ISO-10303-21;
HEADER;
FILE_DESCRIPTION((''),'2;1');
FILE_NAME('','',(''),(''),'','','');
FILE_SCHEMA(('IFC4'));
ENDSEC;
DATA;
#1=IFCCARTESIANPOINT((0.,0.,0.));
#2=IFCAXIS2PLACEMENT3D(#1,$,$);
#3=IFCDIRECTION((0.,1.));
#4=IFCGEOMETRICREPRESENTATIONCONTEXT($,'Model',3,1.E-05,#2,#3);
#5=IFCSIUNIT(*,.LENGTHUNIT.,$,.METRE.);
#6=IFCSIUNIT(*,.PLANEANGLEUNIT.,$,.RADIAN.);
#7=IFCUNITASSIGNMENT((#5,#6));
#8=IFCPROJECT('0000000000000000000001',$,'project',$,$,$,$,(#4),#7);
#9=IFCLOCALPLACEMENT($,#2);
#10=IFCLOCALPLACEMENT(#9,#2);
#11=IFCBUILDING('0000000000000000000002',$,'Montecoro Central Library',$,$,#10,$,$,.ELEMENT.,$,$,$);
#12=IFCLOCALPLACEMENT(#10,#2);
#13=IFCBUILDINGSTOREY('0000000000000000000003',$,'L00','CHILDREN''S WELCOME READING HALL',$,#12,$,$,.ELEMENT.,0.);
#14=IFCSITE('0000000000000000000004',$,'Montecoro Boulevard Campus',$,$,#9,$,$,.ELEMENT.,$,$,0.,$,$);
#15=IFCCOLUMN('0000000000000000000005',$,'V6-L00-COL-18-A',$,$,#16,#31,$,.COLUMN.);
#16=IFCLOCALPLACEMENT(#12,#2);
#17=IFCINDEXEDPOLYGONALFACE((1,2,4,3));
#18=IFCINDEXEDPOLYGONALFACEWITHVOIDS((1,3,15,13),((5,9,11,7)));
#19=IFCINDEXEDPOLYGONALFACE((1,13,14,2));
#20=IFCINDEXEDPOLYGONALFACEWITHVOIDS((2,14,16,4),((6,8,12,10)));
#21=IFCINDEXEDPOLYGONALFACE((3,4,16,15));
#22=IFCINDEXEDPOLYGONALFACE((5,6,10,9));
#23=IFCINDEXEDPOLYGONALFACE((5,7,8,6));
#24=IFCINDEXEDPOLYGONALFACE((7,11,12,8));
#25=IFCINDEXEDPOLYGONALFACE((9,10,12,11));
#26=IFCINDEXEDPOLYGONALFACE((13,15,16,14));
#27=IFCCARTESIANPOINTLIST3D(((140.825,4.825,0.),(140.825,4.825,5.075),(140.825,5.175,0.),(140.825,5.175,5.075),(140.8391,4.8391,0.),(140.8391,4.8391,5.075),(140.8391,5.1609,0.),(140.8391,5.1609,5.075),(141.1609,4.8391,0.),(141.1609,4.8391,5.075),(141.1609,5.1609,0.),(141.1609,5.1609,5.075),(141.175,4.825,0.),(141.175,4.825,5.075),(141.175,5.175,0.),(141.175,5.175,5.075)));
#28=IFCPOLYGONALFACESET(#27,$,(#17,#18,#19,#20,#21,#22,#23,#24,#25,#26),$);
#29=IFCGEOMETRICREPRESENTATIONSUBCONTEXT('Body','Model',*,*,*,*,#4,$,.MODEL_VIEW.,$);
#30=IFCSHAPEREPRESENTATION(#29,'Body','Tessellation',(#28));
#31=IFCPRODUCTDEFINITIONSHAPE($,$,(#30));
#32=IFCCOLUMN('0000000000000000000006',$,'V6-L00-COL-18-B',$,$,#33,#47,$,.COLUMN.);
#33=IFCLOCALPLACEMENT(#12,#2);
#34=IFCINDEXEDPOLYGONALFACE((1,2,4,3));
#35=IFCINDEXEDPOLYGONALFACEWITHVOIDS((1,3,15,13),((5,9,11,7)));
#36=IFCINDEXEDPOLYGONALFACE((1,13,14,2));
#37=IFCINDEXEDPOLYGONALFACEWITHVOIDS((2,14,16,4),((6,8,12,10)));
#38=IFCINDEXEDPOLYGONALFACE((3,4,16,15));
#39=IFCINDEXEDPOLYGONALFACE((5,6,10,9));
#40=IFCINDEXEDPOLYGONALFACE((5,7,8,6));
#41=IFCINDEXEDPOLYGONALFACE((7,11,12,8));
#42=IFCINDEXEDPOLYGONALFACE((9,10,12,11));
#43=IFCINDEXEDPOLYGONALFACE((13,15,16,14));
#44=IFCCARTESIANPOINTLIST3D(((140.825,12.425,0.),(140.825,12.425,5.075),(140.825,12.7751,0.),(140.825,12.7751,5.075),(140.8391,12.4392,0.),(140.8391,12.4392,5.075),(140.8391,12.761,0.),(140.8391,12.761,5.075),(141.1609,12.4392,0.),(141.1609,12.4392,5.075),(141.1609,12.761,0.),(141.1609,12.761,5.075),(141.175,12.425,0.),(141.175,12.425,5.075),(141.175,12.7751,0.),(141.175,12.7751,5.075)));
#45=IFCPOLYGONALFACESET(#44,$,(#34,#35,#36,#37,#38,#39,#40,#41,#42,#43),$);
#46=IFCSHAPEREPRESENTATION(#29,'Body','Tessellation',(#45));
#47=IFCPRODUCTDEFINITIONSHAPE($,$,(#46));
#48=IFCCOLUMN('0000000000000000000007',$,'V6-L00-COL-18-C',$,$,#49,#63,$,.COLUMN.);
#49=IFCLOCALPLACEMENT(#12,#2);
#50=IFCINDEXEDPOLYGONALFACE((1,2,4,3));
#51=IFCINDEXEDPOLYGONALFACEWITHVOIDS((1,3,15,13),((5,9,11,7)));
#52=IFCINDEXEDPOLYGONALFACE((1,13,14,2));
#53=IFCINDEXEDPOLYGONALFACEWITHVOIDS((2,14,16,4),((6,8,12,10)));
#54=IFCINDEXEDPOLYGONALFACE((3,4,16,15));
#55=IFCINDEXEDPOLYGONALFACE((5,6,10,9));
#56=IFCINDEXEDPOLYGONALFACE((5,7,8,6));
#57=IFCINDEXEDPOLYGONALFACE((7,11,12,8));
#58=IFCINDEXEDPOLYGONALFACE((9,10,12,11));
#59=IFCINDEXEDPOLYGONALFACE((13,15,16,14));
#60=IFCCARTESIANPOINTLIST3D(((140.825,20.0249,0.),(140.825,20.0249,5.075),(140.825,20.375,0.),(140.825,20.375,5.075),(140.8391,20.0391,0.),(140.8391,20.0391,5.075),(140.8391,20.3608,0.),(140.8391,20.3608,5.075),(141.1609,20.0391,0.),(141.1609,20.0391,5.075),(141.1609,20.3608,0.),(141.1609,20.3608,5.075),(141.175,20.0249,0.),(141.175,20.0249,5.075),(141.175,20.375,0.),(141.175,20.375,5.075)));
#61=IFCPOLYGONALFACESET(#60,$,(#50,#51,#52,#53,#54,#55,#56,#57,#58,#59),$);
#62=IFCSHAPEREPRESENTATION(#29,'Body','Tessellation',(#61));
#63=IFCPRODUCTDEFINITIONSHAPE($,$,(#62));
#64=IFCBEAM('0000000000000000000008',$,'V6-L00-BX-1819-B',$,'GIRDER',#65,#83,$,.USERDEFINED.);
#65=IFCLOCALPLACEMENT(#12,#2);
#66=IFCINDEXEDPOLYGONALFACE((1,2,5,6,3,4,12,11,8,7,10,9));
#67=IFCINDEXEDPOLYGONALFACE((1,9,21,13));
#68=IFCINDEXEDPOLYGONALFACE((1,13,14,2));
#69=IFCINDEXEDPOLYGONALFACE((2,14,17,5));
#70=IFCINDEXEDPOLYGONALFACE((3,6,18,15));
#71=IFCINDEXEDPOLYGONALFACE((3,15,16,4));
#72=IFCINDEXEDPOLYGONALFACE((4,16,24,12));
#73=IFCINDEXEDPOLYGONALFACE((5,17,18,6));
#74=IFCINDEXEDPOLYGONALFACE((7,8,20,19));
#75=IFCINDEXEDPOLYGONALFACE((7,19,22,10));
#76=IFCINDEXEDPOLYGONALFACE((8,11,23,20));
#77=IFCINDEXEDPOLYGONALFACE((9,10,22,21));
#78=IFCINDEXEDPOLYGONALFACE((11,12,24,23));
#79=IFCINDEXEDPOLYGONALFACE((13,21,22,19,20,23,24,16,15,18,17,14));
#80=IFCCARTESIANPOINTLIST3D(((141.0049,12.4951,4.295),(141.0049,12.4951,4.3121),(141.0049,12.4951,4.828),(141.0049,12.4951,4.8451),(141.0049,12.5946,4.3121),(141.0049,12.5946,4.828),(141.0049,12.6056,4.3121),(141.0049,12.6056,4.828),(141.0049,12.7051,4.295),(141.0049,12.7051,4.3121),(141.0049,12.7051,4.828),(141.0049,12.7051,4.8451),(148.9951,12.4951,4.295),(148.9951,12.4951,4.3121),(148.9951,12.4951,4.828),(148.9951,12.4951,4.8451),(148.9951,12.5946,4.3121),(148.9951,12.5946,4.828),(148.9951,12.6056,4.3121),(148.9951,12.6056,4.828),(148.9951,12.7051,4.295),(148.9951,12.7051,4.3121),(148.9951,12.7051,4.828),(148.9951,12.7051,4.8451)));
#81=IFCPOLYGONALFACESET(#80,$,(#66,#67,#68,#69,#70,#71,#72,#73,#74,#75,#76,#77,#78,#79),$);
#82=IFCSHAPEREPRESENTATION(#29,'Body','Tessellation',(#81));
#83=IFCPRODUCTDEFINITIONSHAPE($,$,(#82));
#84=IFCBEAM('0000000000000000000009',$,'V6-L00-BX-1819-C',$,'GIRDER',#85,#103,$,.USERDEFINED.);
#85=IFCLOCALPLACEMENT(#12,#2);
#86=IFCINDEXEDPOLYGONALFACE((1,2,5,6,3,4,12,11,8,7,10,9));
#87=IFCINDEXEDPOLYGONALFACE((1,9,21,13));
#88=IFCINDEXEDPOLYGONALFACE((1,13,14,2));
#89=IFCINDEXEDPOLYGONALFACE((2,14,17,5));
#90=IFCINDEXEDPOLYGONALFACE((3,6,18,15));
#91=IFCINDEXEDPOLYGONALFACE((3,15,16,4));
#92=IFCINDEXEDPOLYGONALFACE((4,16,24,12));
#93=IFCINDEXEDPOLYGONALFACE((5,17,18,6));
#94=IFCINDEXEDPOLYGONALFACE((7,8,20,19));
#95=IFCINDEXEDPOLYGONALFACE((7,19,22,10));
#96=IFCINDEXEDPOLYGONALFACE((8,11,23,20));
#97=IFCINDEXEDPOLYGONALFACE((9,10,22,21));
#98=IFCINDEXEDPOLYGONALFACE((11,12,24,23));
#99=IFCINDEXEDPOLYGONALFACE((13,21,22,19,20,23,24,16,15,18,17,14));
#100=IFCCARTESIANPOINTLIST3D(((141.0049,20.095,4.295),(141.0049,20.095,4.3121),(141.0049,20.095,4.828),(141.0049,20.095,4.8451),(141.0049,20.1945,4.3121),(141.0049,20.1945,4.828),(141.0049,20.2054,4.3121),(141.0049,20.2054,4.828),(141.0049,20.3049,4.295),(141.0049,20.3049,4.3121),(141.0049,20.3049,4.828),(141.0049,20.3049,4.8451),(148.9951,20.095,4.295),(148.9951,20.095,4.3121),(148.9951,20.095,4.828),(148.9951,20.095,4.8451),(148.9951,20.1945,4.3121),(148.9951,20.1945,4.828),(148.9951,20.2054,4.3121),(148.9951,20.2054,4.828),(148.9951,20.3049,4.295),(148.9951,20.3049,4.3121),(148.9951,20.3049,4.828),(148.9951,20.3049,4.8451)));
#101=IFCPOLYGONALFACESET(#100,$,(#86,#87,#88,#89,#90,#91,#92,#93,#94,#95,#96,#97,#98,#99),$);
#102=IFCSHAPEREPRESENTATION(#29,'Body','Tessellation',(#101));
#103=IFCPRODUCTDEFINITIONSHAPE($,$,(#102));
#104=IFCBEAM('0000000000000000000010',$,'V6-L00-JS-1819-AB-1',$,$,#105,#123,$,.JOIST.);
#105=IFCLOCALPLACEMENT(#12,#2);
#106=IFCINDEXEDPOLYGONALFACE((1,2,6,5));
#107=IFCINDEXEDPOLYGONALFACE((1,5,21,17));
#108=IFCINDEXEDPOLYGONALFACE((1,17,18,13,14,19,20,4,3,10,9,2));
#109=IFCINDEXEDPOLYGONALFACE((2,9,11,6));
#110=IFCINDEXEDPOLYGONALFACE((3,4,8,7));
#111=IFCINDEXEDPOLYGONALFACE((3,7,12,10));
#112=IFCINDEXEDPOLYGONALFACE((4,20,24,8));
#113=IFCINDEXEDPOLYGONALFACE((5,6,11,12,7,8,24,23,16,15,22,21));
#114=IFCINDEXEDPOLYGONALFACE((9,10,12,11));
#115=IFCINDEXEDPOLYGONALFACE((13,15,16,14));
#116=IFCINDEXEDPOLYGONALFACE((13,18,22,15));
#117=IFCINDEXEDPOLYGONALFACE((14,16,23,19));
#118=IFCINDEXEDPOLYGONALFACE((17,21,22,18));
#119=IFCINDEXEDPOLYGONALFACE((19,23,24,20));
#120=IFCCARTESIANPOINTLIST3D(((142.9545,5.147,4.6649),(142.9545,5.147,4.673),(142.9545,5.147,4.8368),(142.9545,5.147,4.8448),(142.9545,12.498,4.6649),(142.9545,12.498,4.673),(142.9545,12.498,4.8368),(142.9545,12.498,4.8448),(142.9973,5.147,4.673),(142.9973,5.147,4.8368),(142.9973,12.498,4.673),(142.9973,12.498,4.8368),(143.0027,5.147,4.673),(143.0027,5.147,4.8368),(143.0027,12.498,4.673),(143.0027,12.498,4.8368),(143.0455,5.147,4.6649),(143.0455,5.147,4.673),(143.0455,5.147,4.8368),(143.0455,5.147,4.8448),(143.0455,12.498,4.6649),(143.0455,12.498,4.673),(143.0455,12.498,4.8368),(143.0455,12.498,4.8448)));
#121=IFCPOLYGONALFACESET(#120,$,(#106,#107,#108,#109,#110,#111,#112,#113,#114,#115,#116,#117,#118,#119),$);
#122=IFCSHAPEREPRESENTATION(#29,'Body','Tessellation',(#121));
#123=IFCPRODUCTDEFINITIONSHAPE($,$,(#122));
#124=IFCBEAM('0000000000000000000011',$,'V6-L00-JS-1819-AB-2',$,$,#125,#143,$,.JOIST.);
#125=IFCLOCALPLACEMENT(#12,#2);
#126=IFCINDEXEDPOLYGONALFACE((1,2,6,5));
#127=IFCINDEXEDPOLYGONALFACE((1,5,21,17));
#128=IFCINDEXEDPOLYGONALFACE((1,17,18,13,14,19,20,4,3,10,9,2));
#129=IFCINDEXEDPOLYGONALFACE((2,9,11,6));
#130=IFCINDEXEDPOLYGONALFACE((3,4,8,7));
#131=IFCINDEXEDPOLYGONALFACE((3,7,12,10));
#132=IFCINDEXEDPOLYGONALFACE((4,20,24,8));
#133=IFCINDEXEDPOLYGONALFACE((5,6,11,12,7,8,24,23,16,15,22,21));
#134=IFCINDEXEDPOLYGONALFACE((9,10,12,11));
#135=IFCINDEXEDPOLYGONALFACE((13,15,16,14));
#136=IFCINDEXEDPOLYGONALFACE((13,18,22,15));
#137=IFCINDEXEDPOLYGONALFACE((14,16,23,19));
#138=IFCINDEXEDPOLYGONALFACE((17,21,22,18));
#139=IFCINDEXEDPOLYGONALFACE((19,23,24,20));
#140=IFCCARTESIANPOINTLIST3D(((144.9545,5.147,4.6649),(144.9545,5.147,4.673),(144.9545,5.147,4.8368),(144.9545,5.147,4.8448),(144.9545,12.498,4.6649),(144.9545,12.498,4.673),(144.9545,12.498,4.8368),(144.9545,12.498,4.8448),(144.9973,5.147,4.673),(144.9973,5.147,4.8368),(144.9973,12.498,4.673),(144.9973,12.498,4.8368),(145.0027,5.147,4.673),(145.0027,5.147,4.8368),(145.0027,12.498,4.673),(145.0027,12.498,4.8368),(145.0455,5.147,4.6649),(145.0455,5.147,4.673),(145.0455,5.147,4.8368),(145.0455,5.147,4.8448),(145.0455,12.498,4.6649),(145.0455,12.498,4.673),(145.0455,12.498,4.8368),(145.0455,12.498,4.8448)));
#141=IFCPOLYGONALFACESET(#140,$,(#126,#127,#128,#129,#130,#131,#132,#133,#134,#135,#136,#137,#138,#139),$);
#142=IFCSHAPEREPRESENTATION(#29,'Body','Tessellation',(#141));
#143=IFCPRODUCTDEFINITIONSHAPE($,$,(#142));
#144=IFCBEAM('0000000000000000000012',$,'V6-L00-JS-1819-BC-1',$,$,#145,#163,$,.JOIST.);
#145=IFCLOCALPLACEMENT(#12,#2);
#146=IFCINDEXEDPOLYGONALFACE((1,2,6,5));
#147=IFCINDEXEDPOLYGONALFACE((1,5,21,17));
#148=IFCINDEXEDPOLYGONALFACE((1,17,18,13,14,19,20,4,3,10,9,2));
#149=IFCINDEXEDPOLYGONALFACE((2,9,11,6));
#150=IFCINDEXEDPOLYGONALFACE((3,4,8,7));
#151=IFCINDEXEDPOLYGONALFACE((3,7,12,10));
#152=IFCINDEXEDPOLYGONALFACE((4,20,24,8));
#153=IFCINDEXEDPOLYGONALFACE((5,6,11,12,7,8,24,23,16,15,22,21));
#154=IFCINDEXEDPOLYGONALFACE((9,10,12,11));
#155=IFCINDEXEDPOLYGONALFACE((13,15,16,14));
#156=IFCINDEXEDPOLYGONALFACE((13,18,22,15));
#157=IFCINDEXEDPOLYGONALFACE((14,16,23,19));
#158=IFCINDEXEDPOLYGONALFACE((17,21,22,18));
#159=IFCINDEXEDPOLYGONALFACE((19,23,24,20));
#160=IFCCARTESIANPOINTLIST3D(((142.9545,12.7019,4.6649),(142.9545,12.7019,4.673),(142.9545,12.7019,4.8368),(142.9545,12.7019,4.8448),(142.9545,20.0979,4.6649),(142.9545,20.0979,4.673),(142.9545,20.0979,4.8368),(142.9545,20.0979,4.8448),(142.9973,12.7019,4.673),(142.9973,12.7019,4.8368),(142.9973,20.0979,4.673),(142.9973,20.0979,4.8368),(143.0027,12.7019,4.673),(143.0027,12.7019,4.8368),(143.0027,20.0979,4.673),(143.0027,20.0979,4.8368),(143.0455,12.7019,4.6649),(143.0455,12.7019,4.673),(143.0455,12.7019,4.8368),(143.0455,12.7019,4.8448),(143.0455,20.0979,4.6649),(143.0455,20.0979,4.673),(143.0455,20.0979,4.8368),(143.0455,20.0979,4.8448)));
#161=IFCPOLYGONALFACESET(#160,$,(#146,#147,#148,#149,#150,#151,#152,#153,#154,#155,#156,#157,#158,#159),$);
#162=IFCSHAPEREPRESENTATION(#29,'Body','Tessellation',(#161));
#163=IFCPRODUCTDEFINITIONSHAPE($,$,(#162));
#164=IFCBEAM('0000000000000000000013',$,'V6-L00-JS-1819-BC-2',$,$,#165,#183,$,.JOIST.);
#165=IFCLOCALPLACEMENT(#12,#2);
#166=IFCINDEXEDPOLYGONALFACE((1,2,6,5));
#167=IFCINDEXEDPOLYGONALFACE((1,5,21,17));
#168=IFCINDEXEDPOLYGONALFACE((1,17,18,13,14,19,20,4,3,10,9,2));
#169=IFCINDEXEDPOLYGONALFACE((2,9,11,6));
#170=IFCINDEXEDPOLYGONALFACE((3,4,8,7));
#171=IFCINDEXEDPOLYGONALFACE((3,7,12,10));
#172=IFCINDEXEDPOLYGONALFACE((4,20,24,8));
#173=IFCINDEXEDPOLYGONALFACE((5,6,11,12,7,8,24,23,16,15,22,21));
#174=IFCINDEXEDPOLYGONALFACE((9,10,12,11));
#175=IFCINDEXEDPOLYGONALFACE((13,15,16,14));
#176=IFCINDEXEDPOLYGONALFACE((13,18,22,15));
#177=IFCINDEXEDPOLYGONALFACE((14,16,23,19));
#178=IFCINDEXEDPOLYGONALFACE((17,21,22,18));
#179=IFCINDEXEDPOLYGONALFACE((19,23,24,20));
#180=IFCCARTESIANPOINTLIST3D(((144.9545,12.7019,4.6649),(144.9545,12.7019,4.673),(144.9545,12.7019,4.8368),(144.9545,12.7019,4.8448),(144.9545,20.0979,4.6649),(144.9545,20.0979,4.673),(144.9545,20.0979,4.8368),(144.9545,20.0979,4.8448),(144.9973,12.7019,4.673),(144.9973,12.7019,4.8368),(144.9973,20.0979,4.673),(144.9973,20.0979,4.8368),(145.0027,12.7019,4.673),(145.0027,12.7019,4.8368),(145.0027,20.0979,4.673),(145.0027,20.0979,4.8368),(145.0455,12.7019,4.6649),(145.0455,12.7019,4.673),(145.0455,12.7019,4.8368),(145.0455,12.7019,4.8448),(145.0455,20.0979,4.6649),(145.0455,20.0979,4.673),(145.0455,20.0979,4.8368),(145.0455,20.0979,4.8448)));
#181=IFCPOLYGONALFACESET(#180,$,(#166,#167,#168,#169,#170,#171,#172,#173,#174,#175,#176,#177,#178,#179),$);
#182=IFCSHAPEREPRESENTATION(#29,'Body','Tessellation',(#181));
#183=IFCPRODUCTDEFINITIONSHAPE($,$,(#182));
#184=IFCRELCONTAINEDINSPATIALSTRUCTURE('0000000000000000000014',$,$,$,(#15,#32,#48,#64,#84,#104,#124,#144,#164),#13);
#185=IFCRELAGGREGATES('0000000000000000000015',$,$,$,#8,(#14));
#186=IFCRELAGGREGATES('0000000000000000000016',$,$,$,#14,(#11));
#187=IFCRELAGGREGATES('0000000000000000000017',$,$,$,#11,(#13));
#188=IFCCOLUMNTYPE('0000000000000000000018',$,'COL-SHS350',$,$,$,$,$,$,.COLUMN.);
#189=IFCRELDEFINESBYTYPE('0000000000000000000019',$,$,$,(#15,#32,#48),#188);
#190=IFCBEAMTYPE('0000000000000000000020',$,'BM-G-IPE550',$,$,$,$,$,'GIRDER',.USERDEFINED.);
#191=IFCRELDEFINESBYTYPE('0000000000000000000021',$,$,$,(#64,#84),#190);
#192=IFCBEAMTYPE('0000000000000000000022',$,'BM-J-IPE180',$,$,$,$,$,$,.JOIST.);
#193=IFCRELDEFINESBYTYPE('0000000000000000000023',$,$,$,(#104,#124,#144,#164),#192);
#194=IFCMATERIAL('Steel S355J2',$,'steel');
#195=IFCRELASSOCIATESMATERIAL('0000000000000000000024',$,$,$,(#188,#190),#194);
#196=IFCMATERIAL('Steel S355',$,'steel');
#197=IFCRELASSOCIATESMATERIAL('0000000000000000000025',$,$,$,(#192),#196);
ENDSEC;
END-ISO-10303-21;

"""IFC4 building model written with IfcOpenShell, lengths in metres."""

from ifc_helpers import new_model, si_unit, direction, frame, origin, origin_2d, place, context, subcontext, project, spatial, hollow_rectangle, i_section, extrude, material, material_profile, profile_set, type_object, element, save


model = new_model("IFC4")

# Units and contexts
model_context = context("Model", 3, precision=1e-05, world=origin(), true_north=direction((0.0, 1.0)))
body_context = subcontext(model_context, "Body", "Model", "MODEL_VIEW")
ifc_project = project(units=[si_unit("LENGTHUNIT", "METRE"), si_unit("PLANEANGLEUNIT", "RADIAN")], contexts=[model_context])

# Site, building, storey
site_placement = place(None, origin())
site = spatial("IfcSite", under=ifc_project, at=site_placement, Name="Montecoro Boulevard Campus", CompositionType="ELEMENT", RefElevation=0.0)
building_placement = place(site_placement, origin())
building = spatial("IfcBuilding", under=site, at=building_placement, Name="Montecoro Central Library", CompositionType="ELEMENT")
storey_placement = place(building_placement, origin())
storey = spatial("IfcBuildingStorey", under=building, at=storey_placement, Name="L00", Description="CHILDREN'S WELCOME READING HALL", CompositionType="ELEMENT", Elevation=0.0)

# Columns
ifc_material_1 = material(Name="Steel S355J2", Category="steel")
ifc_material_profile_1 = material_profile(ifc_material_1, hollow_rectangle(XDim=0.3501, YDim=0.3501, WallThickness=0.0142, at=origin_2d()), Name="SHS 350x350x14.2")
ifc_profile_set_1 = profile_set([ifc_material_profile_1], Name="Steel S355J2")
column_type = type_object("IfcColumnType", Name="COL-SHS350", PredefinedType="COLUMN", material=ifc_profile_set_1)
for number, where, z_axis, x_axis, name in (
    (1, (141.0, 5.0, 0.0), (0.0, 0.0, 1.0), (1.0, 0.0, 0.0), "V6-L00-COL-18-A"),
    (2, (141.0, 12.6001, 0.0), (0.0, 0.0, 1.0), (1.0, 0.0, 0.0), "V6-L00-COL-18-B"),
    (3, (141.0, 20.2, 0.0), (0.0, 0.0, 1.0), (1.0, 0.0, 0.0), "V6-L00-COL-18-C"),
):
    element("IfcColumn", number, at=place(storey_placement, frame(where, z_axis=z_axis, x_axis=x_axis)), inside=storey, type_object=column_type, Name=name, PredefinedType="COLUMN", context=body_context, shape_type="SweptSolid", body=[
        extrude(hollow_rectangle(XDim=0.3501, YDim=0.3501, WallThickness=0.0142, at=origin_2d()), origin(), (0.0, 0.0, 1.0), 5.075),
    ])

# Beams
ifc_material_profile_2 = material_profile(ifc_material_1, i_section(OverallWidth=0.21, OverallDepth=0.55, WebThickness=0.011, FlangeThickness=0.0171, at=origin_2d()), Name="IPE 550")
ifc_profile_set_2 = profile_set([ifc_material_profile_2], Name="Steel S355J2")
beam_type_1 = type_object("IfcBeamType", Name="BM-G-IPE550", ElementType="GIRDER", PredefinedType="USERDEFINED", material=ifc_profile_set_2)
for number, where, z_axis, x_axis, name in (
    (4, (141.0049, 12.6001, 4.5701), (1.0, 0.0, 0.0), (0.0, 1.0, 0.0), "V6-L00-BX-1819-B"),
    (5, (141.0049, 20.2, 4.5701), (1.0, 0.0, 0.0), (0.0, 1.0, 0.0), "V6-L00-BX-1819-C"),
):
    element("IfcBeam", number, at=place(storey_placement, frame(where, z_axis=z_axis, x_axis=x_axis)), inside=storey, type_object=beam_type_1, Name=name, ObjectType="GIRDER", PredefinedType="USERDEFINED", context=body_context, shape_type="SweptSolid", body=[
        extrude(i_section(OverallWidth=0.21, OverallDepth=0.55, WebThickness=0.011, FlangeThickness=0.0171, at=origin_2d()), origin(), (0.0, 0.0, 1.0), 7.9902),
    ])
ifc_material_2 = material(Name="Steel S355", Category="steel")
ifc_material_profile_3 = material_profile(ifc_material_2, i_section(OverallWidth=0.0911, OverallDepth=0.1799, WebThickness=0.0054, FlangeThickness=0.0081, at=origin_2d()), Name="IPE 180")
ifc_profile_set_3 = profile_set([ifc_material_profile_3], Name="Steel S355")
beam_type_2 = type_object("IfcBeamType", Name="BM-J-IPE180", PredefinedType="JOIST", material=ifc_profile_set_3)
for number, where, z_axis, x_axis, name in (
    (6, (143.0, 5.147, 4.7549), (0.0, 1.0, 0.0), (-1.0, 0.0, 0.0), "V6-L00-JS-1819-AB-1"),
    (7, (145.0, 5.147, 4.7549), (0.0, 1.0, 0.0), (-1.0, 0.0, 0.0), "V6-L00-JS-1819-AB-2"),
):
    element("IfcBeam", number, at=place(storey_placement, frame(where, z_axis=z_axis, x_axis=x_axis)), inside=storey, type_object=beam_type_2, Name=name, PredefinedType="JOIST", context=body_context, shape_type="SweptSolid", body=[
        extrude(i_section(OverallWidth=0.0911, OverallDepth=0.1799, WebThickness=0.0054, FlangeThickness=0.0081, at=origin_2d()), origin(), (0.0, 0.0, 1.0), 7.3511),
    ])
for number, where, z_axis, x_axis, name in (
    (8, (143.0, 12.7019, 4.7549), (0.0, 1.0, 0.0), (-1.0, 0.0, 0.0), "V6-L00-JS-1819-BC-1"),
    (9, (145.0, 12.7019, 4.7549), (0.0, 1.0, 0.0), (-1.0, 0.0, 0.0), "V6-L00-JS-1819-BC-2"),
):
    element("IfcBeam", number, at=place(storey_placement, frame(where, z_axis=z_axis, x_axis=x_axis)), inside=storey, type_object=beam_type_2, Name=name, PredefinedType="JOIST", context=body_context, shape_type="SweptSolid", body=[
        extrude(i_section(OverallWidth=0.0911, OverallDepth=0.1799, WebThickness=0.0054, FlangeThickness=0.0081, at=origin_2d()), origin(), (0.0, 0.0, 1.0), 7.396),
    ])

save(model, "model.ifc")
